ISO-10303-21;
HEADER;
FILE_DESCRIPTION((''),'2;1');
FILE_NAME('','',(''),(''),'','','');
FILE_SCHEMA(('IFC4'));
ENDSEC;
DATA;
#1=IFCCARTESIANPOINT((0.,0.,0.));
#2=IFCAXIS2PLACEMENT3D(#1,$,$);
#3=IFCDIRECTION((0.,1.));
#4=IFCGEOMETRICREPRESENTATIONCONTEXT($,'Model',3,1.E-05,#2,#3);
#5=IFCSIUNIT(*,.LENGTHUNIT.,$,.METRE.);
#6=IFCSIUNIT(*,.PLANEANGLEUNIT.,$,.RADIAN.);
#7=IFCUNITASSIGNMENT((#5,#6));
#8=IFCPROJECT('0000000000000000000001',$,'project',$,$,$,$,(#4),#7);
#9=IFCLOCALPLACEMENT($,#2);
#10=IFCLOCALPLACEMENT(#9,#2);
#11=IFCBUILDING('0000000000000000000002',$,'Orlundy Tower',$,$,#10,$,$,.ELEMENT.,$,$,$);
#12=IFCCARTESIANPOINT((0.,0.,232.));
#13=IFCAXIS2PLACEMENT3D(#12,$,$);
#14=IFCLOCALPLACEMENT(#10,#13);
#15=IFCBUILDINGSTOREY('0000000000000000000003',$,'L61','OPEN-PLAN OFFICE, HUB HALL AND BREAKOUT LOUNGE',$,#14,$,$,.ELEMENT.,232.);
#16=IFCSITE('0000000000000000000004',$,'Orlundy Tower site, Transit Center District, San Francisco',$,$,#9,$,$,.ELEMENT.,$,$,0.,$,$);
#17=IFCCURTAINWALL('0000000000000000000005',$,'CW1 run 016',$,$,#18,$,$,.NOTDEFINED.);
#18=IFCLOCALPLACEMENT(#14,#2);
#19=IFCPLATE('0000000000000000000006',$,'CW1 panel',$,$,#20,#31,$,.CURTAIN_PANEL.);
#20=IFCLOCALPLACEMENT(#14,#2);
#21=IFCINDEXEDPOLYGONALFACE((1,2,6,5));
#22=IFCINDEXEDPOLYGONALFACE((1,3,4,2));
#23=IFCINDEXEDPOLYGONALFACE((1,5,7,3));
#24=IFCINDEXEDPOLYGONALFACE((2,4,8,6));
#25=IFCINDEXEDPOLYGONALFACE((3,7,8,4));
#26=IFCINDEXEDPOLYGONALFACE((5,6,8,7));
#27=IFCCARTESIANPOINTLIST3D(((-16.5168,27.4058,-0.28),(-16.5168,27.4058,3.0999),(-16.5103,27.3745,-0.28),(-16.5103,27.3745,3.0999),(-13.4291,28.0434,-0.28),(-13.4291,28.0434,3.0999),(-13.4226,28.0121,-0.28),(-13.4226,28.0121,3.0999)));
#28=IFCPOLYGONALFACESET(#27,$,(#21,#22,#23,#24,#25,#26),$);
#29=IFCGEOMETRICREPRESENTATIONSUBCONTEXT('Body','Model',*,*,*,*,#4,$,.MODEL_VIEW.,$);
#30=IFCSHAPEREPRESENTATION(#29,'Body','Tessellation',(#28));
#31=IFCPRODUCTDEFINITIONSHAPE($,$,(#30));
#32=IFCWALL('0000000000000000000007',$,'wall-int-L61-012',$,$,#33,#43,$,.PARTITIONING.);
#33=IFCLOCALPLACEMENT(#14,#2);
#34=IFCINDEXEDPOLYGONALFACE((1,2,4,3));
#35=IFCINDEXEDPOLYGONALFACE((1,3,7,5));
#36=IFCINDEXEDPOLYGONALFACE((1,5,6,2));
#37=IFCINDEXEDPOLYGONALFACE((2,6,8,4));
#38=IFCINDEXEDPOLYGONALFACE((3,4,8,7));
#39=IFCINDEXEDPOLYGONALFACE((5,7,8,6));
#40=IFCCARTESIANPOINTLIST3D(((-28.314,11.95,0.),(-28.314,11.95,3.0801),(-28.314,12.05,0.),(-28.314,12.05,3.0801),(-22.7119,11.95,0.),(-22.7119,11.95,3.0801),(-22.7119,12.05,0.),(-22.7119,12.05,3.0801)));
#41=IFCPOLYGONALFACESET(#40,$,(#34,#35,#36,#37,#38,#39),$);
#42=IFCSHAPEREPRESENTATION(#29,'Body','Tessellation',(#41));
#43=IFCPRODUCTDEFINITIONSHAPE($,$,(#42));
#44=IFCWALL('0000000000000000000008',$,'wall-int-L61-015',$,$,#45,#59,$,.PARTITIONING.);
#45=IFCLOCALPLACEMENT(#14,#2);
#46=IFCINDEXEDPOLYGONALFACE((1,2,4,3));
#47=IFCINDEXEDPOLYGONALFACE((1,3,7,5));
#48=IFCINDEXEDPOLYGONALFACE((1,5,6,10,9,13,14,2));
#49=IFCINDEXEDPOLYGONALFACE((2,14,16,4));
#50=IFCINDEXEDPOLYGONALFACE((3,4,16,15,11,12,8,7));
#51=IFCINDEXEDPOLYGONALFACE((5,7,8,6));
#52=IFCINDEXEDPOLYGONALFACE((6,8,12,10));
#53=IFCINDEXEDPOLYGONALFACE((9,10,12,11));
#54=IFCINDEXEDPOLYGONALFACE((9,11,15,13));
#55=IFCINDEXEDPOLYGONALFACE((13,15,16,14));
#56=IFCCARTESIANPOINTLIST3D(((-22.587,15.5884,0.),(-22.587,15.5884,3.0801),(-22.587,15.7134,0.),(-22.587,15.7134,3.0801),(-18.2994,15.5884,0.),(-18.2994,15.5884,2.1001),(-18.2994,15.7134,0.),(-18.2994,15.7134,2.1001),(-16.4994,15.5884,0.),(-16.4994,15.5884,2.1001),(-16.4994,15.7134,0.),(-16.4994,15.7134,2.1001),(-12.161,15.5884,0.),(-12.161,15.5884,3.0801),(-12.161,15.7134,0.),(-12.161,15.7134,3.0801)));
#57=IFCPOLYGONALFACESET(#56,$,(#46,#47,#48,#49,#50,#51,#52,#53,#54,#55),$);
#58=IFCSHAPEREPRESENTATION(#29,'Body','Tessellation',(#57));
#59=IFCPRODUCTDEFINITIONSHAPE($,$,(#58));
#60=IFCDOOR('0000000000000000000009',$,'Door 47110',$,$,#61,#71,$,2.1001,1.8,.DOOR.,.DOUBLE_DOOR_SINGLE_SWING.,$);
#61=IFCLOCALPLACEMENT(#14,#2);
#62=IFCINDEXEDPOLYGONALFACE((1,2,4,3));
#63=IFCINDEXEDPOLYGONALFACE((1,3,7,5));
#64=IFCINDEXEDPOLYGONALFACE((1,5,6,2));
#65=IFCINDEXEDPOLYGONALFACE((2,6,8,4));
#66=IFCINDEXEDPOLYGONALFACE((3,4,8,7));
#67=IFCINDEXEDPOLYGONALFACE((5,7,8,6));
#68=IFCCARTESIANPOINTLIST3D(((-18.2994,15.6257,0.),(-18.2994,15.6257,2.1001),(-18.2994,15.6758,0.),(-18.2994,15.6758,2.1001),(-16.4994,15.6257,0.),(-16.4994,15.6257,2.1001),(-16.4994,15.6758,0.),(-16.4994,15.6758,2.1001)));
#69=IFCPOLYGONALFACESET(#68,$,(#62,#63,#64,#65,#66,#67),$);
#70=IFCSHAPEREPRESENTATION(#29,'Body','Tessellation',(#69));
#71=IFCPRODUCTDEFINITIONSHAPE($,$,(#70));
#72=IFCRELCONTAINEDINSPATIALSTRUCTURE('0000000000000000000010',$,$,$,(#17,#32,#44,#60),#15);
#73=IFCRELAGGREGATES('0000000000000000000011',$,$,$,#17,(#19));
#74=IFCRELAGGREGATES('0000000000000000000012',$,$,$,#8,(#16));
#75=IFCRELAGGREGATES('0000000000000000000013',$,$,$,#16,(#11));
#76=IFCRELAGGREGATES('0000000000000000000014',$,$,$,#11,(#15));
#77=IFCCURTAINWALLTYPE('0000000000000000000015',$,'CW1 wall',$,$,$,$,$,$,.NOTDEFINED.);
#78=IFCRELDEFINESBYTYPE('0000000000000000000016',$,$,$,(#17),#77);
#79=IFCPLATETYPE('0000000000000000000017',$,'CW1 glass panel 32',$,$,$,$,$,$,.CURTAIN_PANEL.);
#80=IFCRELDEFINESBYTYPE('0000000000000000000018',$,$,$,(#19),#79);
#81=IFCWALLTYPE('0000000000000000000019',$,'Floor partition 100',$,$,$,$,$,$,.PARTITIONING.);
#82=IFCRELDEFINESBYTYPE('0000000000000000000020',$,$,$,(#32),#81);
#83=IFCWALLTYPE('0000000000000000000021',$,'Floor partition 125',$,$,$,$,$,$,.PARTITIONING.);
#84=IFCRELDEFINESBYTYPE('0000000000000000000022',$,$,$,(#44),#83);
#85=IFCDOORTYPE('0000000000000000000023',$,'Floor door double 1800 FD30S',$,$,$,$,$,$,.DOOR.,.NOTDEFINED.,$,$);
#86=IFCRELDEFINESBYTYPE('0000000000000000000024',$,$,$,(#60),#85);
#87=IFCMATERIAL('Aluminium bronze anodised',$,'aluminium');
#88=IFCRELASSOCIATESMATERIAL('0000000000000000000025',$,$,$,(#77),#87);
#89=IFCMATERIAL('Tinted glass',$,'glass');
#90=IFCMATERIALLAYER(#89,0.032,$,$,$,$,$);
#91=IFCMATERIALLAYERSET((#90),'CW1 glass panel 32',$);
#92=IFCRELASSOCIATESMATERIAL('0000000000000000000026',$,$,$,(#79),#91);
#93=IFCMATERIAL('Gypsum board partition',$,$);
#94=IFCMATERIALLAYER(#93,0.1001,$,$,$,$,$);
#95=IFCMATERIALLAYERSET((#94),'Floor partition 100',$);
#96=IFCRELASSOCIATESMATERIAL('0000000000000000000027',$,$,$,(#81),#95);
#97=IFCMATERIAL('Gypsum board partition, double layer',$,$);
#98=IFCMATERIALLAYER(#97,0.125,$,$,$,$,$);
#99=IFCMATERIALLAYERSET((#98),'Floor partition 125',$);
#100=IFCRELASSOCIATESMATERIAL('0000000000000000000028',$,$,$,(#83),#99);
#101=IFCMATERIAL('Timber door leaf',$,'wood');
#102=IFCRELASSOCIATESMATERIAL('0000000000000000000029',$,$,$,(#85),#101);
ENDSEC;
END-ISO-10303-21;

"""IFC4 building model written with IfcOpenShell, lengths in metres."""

from ifc_helpers import new_model, si_unit, direction, frame, frame_2d, origin, origin_2d, place, context, subcontext, project, spatial, rectangle, extrude, material, layer, layer_set, type_object, element, fill, aggregate, save


model = new_model("IFC4")

# Units and contexts
model_context = context("Model", 3, precision=1e-05, world=origin(), true_north=direction((0.0, 1.0)))
body_context = subcontext(model_context, "Body", "Model", "MODEL_VIEW")
ifc_project = project(units=[si_unit("LENGTHUNIT", "METRE"), si_unit("PLANEANGLEUNIT", "RADIAN")], contexts=[model_context])

# Site, building, storey
site_placement = place(None, origin())
site = spatial("IfcSite", under=ifc_project, at=site_placement, Name="Orlundy Tower site, Transit Center District, San Francisco", CompositionType="ELEMENT", RefElevation=0.0)
building_placement = place(site_placement, origin())
building = spatial("IfcBuilding", under=site, at=building_placement, Name="Orlundy Tower", CompositionType="ELEMENT")
storey_placement = place(building_placement, frame((0.0, 0.0, 232.0)))
storey = spatial("IfcBuildingStorey", under=building, at=storey_placement, Name="L61", Description="OPEN-PLAN OFFICE, HUB HALL AND BREAKOUT LOUNGE", CompositionType="ELEMENT", Elevation=232.0)

# Shared definitions
ifc_material_1 = material(Name="Aluminium bronze anodised", Category="aluminium")
curtain_wall_type = type_object("IfcCurtainWallType", Name="CW1 wall", PredefinedType="NOTDEFINED", material=ifc_material_1)

# Curtain wall
curtain_wall_1_placement = place(storey_placement, origin())
curtain_wall_1 = element("IfcCurtainWall", 1, at=curtain_wall_1_placement, inside=storey, type_object=curtain_wall_type, Name="CW1 run 016", PredefinedType="NOTDEFINED")

# Plate
ifc_material_2 = material(Name="Tinted glass", Category="glass")
ifc_layer_1 = layer(ifc_material_2, 0.032)
ifc_layer_set_1 = layer_set([ifc_layer_1], Name="CW1 glass panel 32")
plate_type = type_object("IfcPlateType", Name="CW1 glass panel 32", PredefinedType="CURTAIN_PANEL", material=ifc_layer_set_1)
plate_1_placement = place(storey_placement, frame((-14.9697, 27.709, -0.28), z_axis=(0.0, 0.0, 1.0), x_axis=(0.979337, 0.202233, 0.0)))
plate_1 = element("IfcPlate", 2, at=plate_1_placement, type_object=plate_type, Name="CW1 panel", PredefinedType="CURTAIN_PANEL", context=body_context, shape_type="SweptSolid", body=[
    extrude(rectangle(XDim=3.1528, YDim=0.032, at=origin_2d()), origin(), (0.0, 0.0, 1.0), 3.3799),
])
aggregate(curtain_wall_1, [plate_1])

# Wall
ifc_material_3 = material(Name="Gypsum board partition")
ifc_layer_2 = layer(ifc_material_3, 0.1001)
ifc_layer_set_2 = layer_set([ifc_layer_2], Name="Floor partition 100")
wall_type_1 = type_object("IfcWallType", Name="Floor partition 100", PredefinedType="PARTITIONING", material=ifc_layer_set_2)
wall_1_placement = place(storey_placement, frame((-28.314, 12.0, 0.0), z_axis=(0.0, 0.0, 1.0), x_axis=(1.0, 0.0, 0.0)))
element("IfcWall", 3, at=wall_1_placement, inside=storey, type_object=wall_type_1, Name="wall-int-L61-012", PredefinedType="PARTITIONING", context=body_context, shape_type="SweptSolid", body=[
    extrude(rectangle(XDim=5.6021, YDim=0.1001, at=frame_2d((2.801, 0.0))), origin(), (0.0, 0.0, 1.0), 3.0801),
])

# Wall, opening, door
ifc_material_4 = material(Name="Gypsum board partition, double layer")
ifc_layer_3 = layer(ifc_material_4, 0.125)
ifc_layer_set_3 = layer_set([ifc_layer_3], Name="Floor partition 125")
wall_type_2 = type_object("IfcWallType", Name="Floor partition 125", PredefinedType="PARTITIONING", material=ifc_layer_set_3)
wall_2_placement = place(storey_placement, frame((-22.5869, 15.6509, 0.0), z_axis=(0.0, 0.0, 1.0), x_axis=(1.0, 0.0, 0.0)))
wall_2 = element("IfcWall", 4, at=wall_2_placement, inside=storey, type_object=wall_type_2, Name="wall-int-L61-015", PredefinedType="PARTITIONING", context=body_context, shape_type="SweptSolid", body=[
    extrude(rectangle(XDim=10.426, YDim=0.125, at=frame_2d((5.2129, 0.0))), origin(), (0.0, 0.0, 1.0), 3.0801),
])
opening_placement = place(wall_2_placement, frame((4.2876, 0.0, 0.0)))
opening = element("IfcOpeningElement", 5, at=opening_placement, cuts=wall_2, PredefinedType="OPENING", context=body_context, shape_type="SweptSolid", body=[
    extrude(rectangle(XDim=1.8, YDim=2.1001, at=frame_2d((0.8999, 1.05))), frame((0.0, 0.0725, 0.0), z_axis=(0.0, -1.0, 0.0), x_axis=(1.0, 0.0, 0.0)), (0.0, 0.0, 1.0), 0.145),
])
ifc_material_5 = material(Name="Timber door leaf", Category="wood")
door_type = type_object("IfcDoorType", Name="Floor door double 1800 FD30S", OperationType="NOTDEFINED", PredefinedType="DOOR", material=ifc_material_5)
door_placement = place(opening_placement, origin())
door = element("IfcDoor", 6, at=door_placement, inside=storey, type_object=door_type, Name="Door 47110", OperationType="DOUBLE_DOOR_SINGLE_SWING", OverallHeight=2.1001, OverallWidth=1.8, PredefinedType="DOOR", context=body_context, shape_type="SweptSolid", body=[
    extrude(rectangle(XDim=1.8, YDim=2.1001, at=frame_2d((0.8999, 1.05))), frame((0.0, 0.0249, 0.0), z_axis=(0.0, -1.0, 0.0), x_axis=(1.0, 0.0, 0.0)), (0.0, 0.0, 1.0), 0.05),
])
fill(opening, door)

save(model, "model.ifc")
